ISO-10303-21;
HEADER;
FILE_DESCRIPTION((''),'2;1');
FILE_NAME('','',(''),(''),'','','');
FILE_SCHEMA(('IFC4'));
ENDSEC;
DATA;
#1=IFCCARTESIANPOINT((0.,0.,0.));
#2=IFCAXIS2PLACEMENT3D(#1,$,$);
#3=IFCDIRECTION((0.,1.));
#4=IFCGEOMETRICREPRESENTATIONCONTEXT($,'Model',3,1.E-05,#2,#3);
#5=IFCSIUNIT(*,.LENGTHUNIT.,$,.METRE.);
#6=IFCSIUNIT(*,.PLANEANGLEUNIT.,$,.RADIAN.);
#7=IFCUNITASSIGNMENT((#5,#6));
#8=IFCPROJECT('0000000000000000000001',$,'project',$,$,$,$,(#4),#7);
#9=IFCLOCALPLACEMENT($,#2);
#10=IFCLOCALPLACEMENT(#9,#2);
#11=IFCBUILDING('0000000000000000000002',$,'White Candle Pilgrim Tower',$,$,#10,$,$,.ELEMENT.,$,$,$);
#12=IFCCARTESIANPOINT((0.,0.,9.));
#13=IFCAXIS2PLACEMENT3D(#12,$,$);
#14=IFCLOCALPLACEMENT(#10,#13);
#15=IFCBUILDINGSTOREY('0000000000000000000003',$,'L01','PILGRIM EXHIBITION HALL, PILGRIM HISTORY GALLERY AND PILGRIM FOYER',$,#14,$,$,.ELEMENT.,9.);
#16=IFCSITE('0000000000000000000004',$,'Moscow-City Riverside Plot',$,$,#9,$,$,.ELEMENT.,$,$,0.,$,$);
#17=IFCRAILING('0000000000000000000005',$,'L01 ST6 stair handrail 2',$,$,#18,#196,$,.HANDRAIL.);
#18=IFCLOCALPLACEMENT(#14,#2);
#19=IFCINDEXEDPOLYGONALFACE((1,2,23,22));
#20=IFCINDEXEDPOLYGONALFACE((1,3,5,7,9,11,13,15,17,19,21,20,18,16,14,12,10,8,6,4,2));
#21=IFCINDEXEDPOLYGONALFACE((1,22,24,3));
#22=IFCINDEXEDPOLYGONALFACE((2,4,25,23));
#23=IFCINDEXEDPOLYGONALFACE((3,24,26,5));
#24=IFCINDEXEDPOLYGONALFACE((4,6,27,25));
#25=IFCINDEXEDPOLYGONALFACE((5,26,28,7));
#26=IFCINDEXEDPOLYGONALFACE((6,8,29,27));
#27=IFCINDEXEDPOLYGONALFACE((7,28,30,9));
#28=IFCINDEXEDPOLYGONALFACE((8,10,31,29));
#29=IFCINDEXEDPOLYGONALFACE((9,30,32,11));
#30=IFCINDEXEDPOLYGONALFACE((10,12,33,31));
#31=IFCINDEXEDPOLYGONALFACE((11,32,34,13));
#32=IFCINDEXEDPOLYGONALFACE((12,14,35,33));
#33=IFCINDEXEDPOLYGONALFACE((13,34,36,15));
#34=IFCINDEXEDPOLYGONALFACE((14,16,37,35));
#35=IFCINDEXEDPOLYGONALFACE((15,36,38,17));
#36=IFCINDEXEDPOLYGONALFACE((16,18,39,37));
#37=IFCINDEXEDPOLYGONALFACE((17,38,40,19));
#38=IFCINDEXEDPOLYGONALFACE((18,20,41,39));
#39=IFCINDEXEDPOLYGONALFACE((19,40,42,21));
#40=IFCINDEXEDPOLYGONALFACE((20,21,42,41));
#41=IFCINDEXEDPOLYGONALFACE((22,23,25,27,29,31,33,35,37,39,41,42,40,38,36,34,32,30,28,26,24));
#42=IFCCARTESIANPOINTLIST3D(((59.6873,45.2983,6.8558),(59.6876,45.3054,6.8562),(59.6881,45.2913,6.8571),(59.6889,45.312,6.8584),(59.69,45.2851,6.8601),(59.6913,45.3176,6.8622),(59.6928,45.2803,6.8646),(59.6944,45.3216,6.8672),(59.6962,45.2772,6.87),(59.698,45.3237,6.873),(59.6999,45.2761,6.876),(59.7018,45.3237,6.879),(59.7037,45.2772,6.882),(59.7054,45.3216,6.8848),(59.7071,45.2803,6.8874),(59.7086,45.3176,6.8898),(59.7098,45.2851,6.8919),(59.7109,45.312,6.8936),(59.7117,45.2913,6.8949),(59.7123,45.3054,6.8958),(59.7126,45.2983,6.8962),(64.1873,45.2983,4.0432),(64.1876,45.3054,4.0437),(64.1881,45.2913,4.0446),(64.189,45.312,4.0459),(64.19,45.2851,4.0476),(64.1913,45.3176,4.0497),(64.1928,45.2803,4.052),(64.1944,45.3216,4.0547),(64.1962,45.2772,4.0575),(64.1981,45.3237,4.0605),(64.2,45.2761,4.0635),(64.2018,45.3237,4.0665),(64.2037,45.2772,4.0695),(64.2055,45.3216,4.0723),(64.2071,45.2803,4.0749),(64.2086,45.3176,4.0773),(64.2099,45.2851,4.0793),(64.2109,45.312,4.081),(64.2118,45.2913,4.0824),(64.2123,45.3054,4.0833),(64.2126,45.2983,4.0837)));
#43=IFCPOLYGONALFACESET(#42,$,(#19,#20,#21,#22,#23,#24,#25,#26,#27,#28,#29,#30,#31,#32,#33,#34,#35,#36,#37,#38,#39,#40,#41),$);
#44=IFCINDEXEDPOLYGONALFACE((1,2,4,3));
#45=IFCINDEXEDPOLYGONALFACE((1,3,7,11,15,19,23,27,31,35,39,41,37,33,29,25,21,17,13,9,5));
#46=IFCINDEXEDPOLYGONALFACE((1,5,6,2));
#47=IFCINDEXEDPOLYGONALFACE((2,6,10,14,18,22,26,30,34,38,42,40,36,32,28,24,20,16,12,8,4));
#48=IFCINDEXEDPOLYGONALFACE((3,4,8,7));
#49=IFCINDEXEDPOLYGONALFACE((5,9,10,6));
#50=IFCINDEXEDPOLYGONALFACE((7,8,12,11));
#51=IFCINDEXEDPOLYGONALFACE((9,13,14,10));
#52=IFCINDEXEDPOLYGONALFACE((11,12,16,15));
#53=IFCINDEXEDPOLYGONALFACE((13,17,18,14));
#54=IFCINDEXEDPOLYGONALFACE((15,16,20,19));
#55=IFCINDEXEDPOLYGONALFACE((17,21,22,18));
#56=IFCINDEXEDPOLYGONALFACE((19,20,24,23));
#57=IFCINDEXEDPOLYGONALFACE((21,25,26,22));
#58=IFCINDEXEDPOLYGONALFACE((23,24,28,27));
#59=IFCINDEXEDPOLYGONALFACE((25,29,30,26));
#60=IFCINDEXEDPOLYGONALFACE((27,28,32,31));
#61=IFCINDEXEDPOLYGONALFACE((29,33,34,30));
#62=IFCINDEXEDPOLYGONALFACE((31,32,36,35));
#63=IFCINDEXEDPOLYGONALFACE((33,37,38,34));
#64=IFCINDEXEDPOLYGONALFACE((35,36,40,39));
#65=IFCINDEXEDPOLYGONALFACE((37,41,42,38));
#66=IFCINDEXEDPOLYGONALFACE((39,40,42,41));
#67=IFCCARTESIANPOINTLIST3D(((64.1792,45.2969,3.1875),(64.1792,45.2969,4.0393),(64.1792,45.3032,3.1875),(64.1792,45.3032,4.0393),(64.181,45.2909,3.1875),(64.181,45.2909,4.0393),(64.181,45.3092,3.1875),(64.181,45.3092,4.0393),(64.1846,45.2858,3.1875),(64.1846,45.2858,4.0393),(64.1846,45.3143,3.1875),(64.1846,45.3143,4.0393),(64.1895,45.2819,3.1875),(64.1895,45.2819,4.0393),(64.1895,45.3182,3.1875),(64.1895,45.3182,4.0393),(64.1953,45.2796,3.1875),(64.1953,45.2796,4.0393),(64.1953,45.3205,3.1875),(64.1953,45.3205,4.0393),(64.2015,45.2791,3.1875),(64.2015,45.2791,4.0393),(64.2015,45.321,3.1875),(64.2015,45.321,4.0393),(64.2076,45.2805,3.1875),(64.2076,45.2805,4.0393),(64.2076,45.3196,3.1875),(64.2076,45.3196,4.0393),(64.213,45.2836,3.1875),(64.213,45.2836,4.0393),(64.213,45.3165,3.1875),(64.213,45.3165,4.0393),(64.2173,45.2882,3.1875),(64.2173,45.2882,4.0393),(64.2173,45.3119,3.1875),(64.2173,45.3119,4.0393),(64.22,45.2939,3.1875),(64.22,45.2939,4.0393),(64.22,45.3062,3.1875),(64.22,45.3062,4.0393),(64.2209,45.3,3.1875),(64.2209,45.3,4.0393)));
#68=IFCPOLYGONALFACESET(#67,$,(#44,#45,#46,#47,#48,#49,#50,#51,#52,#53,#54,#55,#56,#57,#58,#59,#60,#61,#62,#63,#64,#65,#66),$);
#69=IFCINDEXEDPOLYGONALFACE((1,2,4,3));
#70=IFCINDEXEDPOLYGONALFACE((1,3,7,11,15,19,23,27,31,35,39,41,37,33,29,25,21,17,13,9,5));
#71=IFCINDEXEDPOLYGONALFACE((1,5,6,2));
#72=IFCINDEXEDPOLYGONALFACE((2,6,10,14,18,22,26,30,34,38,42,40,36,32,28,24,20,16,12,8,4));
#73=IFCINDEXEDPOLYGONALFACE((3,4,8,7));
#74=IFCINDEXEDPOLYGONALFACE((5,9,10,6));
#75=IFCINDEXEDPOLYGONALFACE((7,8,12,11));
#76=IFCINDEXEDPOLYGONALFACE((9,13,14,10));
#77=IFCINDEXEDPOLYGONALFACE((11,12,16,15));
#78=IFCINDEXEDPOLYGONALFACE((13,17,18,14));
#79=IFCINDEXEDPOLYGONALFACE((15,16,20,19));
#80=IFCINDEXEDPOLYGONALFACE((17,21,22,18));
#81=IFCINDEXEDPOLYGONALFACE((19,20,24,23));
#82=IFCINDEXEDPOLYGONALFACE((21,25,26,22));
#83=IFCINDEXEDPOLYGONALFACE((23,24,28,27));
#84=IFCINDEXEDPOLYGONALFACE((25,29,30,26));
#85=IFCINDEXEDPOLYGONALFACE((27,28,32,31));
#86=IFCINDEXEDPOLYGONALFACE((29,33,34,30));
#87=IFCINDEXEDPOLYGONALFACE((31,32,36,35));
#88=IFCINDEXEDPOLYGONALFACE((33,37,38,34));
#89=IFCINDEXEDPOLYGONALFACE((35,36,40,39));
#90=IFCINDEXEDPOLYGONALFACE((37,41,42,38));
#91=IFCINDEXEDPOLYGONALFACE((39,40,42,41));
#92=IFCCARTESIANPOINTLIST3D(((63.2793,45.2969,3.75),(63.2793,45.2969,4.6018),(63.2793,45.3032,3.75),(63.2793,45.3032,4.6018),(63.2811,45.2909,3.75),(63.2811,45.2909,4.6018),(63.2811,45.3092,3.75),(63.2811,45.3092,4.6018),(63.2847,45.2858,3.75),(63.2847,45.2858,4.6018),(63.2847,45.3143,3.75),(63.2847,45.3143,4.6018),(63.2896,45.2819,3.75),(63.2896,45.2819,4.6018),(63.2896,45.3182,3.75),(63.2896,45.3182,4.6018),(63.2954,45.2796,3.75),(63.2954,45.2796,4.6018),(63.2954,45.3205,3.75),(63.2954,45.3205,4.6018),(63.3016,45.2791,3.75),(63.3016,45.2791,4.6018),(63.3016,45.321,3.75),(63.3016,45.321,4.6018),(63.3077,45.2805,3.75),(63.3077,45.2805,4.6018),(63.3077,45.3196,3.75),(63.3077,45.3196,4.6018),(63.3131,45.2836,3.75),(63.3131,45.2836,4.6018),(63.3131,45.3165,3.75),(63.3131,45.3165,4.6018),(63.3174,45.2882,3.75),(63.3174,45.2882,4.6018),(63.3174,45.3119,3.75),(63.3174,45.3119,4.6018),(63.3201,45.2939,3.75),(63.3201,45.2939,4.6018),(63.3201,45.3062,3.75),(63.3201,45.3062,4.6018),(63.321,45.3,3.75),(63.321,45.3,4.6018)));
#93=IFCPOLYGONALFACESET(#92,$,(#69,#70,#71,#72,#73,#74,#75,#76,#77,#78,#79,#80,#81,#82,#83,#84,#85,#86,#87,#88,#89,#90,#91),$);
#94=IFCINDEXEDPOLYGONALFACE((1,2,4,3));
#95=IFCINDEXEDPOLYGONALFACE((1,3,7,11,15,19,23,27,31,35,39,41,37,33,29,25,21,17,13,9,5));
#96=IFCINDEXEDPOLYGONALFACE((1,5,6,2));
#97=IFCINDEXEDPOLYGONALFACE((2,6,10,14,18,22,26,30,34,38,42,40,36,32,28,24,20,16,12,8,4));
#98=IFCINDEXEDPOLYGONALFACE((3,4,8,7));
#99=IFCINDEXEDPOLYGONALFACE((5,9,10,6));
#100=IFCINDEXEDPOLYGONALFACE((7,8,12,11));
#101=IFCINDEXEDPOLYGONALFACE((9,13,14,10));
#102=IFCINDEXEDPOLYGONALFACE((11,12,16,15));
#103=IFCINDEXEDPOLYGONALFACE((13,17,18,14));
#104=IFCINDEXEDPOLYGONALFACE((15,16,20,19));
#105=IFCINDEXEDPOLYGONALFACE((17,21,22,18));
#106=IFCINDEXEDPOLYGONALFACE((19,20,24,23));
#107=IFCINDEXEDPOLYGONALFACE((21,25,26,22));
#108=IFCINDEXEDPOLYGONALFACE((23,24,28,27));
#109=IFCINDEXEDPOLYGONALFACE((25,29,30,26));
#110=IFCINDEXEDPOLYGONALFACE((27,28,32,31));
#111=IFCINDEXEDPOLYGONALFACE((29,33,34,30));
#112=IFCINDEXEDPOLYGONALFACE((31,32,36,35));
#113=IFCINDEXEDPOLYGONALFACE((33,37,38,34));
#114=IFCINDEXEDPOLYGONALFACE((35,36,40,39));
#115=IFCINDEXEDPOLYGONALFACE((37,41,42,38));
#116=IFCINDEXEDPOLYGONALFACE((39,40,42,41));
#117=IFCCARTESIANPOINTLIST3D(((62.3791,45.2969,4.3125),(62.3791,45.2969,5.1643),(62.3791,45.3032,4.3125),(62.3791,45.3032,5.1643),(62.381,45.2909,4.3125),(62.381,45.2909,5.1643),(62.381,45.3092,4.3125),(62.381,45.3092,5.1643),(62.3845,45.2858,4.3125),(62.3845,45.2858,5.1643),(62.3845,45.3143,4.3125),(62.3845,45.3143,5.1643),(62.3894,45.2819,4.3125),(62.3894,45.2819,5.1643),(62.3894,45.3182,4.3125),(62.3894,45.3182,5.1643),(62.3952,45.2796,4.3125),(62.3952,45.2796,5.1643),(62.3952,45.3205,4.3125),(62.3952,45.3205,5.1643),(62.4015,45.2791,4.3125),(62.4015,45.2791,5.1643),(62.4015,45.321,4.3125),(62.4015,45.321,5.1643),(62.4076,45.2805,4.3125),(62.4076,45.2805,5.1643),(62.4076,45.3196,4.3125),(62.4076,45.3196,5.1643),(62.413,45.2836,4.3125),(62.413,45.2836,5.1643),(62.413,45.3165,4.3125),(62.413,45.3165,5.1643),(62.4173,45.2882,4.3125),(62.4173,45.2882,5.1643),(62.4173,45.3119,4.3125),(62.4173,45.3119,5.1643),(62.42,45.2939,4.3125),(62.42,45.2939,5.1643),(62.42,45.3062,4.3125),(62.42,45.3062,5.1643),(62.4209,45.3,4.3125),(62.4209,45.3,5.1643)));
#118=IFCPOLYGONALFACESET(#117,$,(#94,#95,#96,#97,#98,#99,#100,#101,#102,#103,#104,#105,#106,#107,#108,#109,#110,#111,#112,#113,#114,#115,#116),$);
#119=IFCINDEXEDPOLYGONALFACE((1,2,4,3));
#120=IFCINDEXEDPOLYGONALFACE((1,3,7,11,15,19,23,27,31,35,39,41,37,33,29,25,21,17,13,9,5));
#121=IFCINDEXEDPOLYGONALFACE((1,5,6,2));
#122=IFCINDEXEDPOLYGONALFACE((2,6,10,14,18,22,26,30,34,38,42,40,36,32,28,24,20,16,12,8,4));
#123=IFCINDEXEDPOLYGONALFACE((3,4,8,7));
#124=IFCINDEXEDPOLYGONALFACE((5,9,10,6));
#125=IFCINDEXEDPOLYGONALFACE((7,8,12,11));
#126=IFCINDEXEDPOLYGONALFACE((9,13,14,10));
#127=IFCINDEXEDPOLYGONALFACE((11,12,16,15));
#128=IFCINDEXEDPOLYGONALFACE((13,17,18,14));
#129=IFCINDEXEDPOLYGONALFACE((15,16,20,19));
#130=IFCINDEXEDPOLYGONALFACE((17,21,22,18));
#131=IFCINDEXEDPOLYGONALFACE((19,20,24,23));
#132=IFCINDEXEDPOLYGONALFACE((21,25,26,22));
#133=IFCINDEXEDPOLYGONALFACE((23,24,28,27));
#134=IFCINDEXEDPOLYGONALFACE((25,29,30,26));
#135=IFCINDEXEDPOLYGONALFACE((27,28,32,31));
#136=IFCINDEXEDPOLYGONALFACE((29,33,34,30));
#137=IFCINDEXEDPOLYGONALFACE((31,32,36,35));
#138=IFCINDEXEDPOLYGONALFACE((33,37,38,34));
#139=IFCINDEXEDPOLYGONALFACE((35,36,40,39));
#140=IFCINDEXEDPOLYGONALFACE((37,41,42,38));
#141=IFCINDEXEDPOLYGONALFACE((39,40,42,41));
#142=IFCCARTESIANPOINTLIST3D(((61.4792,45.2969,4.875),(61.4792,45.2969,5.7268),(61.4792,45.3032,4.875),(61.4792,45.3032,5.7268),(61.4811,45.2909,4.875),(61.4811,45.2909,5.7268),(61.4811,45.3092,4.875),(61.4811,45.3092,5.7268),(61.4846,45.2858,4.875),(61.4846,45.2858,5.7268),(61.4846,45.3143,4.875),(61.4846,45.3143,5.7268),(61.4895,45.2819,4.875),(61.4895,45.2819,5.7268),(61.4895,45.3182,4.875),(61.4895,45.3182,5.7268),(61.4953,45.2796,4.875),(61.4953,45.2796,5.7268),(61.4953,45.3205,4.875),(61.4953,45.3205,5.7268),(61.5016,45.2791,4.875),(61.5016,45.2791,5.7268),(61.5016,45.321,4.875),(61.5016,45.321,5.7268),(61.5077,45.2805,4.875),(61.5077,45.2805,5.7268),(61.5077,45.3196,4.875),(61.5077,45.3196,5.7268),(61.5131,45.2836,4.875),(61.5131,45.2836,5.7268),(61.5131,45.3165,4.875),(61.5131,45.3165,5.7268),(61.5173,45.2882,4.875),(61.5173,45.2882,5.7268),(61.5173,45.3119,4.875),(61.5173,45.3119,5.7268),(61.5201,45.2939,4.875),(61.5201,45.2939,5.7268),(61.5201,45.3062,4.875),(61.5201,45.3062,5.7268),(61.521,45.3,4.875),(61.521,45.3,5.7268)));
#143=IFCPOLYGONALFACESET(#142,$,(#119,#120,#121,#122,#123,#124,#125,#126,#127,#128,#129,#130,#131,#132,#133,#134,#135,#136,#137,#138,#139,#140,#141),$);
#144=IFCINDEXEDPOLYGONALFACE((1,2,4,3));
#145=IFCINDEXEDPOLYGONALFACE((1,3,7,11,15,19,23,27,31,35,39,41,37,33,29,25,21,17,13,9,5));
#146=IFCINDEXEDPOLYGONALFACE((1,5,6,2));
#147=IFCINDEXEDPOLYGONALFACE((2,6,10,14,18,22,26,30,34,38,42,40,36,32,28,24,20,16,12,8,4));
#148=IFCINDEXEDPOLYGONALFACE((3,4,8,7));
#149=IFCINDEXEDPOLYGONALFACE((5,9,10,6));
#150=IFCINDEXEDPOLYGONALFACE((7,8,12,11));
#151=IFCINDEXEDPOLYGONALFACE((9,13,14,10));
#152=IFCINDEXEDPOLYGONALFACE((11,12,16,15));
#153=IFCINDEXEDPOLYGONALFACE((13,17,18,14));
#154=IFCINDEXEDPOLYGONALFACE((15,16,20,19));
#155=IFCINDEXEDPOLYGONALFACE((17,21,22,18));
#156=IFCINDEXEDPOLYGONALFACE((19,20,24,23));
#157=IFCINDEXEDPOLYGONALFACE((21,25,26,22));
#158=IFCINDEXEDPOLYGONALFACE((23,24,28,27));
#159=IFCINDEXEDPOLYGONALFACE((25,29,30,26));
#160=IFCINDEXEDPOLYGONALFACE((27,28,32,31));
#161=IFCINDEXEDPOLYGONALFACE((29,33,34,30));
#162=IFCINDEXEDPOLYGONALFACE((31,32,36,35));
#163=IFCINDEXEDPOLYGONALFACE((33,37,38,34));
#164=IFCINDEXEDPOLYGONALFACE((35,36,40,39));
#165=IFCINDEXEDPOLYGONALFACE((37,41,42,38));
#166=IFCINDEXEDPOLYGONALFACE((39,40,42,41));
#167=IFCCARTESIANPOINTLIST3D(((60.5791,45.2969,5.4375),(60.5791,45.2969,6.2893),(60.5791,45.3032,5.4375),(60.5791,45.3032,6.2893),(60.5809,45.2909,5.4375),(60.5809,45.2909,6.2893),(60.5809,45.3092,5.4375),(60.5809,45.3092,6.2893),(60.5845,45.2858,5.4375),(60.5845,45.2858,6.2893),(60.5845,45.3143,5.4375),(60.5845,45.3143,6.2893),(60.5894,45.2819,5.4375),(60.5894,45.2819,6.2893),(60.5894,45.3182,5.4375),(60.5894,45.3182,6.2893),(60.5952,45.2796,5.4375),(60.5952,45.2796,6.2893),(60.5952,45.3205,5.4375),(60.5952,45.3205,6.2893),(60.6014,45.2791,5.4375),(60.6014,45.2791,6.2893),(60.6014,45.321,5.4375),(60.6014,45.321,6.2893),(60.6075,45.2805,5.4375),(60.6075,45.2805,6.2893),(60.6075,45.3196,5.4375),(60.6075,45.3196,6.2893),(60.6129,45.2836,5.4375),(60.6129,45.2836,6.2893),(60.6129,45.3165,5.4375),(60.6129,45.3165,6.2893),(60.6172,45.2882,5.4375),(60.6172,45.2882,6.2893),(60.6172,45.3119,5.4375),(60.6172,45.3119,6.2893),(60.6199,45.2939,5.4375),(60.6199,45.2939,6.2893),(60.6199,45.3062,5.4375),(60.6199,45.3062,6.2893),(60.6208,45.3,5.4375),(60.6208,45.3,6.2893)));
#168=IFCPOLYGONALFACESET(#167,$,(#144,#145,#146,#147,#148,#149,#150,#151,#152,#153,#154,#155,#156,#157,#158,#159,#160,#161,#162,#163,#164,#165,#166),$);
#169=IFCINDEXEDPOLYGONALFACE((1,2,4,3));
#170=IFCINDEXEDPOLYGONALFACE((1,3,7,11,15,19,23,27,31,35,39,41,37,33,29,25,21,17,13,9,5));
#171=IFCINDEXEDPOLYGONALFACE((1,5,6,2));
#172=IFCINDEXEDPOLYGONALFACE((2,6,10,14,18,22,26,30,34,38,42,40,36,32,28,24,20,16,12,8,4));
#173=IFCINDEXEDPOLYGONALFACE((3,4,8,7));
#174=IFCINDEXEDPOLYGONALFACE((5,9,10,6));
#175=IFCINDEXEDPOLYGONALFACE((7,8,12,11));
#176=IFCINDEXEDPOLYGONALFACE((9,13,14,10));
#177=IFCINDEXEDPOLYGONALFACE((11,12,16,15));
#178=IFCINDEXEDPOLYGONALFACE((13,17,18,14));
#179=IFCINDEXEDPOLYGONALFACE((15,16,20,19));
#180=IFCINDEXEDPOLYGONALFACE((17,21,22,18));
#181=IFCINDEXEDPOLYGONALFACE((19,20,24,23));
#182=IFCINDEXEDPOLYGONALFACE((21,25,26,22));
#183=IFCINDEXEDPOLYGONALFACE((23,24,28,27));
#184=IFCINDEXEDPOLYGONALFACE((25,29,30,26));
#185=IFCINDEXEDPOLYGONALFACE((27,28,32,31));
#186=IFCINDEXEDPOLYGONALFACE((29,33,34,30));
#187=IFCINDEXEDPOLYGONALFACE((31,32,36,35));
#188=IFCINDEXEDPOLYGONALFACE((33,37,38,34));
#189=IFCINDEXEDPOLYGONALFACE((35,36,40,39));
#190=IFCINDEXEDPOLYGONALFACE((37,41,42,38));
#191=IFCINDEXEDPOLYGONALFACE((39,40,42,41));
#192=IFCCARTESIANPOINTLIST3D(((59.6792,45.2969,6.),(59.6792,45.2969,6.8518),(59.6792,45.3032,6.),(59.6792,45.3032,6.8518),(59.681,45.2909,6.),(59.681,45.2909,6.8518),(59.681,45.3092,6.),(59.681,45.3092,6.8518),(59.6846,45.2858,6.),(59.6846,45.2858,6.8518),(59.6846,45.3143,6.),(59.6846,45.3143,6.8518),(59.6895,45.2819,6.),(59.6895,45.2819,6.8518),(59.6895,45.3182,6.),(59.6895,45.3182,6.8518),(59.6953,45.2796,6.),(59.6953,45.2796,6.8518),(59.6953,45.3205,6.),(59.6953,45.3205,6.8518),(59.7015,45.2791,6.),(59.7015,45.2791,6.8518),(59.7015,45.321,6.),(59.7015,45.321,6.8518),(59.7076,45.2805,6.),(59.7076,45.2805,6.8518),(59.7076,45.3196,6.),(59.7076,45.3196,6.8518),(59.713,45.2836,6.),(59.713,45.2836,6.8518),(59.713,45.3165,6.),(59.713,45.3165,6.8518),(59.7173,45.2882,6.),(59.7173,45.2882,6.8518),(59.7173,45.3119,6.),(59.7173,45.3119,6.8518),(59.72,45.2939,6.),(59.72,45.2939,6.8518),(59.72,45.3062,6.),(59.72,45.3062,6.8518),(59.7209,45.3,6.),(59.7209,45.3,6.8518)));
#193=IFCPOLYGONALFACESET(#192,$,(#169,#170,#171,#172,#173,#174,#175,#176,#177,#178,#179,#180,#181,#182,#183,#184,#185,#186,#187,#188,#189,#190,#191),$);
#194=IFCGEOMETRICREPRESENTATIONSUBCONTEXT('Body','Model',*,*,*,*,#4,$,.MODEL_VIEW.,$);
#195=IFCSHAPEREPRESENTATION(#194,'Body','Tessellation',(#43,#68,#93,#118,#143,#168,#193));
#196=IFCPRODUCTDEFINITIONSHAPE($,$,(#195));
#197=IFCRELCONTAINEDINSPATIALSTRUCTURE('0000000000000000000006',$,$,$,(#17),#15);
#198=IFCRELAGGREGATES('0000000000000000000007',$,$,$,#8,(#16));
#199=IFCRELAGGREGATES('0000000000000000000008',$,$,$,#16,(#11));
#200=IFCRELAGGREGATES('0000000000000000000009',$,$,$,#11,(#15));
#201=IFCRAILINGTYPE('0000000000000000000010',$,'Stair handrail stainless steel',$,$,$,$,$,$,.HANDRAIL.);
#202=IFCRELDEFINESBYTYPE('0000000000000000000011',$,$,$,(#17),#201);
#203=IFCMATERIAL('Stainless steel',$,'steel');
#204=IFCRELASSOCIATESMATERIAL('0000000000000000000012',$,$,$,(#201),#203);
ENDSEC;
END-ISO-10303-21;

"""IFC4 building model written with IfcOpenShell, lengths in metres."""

from ifc_helpers import new_model, si_unit, direction, frame, origin, origin_2d, place, context, subcontext, project, spatial, circle, extrude, material, type_object, element, save


model = new_model("IFC4")

# Units and contexts
model_context = context("Model", 3, precision=1e-05, world=origin(), true_north=direction((0.0, 1.0)))
body_context = subcontext(model_context, "Body", "Model", "MODEL_VIEW")
ifc_project = project(units=[si_unit("LENGTHUNIT", "METRE"), si_unit("PLANEANGLEUNIT", "RADIAN")], contexts=[model_context])

# Site, building, storey
site_placement = place(None, origin())
site = spatial("IfcSite", under=ifc_project, at=site_placement, Name="Moscow-City Riverside Plot", CompositionType="ELEMENT", RefElevation=0.0)
building_placement = place(site_placement, origin())
building = spatial("IfcBuilding", under=site, at=building_placement, Name="White Candle Pilgrim Tower", CompositionType="ELEMENT")
storey_placement = place(building_placement, frame((0.0, 0.0, 9.0)))
storey = spatial("IfcBuildingStorey", under=building, at=storey_placement, Name="L01", Description="PILGRIM EXHIBITION HALL, PILGRIM HISTORY GALLERY AND PILGRIM FOYER", CompositionType="ELEMENT", Elevation=9.0)

# Railing
ifc_material_1 = material(Name="Stainless steel", Category="steel")
railing_type_1 = type_object("IfcRailingType", Name="Stair handrail stainless steel", PredefinedType="HANDRAIL", material=ifc_material_1)
railing_1_placement = place(storey_placement, frame((64.2, 45.3, 3.1875)))
element("IfcRailing", 1, at=railing_1_placement, inside=storey, type_object=railing_type_1, Name="L01 ST6 stair handrail 2", PredefinedType="HANDRAIL", context=body_context, shape_type="SweptSolid", body=[
    extrude(circle(Radius=0.0239, at=origin_2d()), frame((0.0, 0.0, 0.876), z_axis=(-0.847998, 0.0, 0.529999), x_axis=(0.0, -1.0, 0.0)), (0.0, 0.0, 1.0), 5.3066),
    extrude(circle(Radius=0.021, at=origin_2d()), origin(), (0.0, 0.0, 1.0), 0.8518),
    extrude(circle(Radius=0.021, at=origin_2d()), frame((-0.8999, 0.0, 0.5625)), (0.0, 0.0, 1.0), 0.8518),
    extrude(circle(Radius=0.021, at=origin_2d()), frame((-1.8, 0.0, 1.125)), (0.0, 0.0, 1.0), 0.8518),
    extrude(circle(Radius=0.021, at=origin_2d()), frame((-2.7, 0.0, 1.6875)), (0.0, 0.0, 1.0), 0.8518),
    extrude(circle(Radius=0.021, at=origin_2d()), frame((-3.6001, 0.0, 2.25)), (0.0, 0.0, 1.0), 0.8518),
    extrude(circle(Radius=0.021, at=origin_2d()), frame((-4.5, 0.0, 2.8125)), (0.0, 0.0, 1.0), 0.8518),
])

save(model, "model.ifc")
